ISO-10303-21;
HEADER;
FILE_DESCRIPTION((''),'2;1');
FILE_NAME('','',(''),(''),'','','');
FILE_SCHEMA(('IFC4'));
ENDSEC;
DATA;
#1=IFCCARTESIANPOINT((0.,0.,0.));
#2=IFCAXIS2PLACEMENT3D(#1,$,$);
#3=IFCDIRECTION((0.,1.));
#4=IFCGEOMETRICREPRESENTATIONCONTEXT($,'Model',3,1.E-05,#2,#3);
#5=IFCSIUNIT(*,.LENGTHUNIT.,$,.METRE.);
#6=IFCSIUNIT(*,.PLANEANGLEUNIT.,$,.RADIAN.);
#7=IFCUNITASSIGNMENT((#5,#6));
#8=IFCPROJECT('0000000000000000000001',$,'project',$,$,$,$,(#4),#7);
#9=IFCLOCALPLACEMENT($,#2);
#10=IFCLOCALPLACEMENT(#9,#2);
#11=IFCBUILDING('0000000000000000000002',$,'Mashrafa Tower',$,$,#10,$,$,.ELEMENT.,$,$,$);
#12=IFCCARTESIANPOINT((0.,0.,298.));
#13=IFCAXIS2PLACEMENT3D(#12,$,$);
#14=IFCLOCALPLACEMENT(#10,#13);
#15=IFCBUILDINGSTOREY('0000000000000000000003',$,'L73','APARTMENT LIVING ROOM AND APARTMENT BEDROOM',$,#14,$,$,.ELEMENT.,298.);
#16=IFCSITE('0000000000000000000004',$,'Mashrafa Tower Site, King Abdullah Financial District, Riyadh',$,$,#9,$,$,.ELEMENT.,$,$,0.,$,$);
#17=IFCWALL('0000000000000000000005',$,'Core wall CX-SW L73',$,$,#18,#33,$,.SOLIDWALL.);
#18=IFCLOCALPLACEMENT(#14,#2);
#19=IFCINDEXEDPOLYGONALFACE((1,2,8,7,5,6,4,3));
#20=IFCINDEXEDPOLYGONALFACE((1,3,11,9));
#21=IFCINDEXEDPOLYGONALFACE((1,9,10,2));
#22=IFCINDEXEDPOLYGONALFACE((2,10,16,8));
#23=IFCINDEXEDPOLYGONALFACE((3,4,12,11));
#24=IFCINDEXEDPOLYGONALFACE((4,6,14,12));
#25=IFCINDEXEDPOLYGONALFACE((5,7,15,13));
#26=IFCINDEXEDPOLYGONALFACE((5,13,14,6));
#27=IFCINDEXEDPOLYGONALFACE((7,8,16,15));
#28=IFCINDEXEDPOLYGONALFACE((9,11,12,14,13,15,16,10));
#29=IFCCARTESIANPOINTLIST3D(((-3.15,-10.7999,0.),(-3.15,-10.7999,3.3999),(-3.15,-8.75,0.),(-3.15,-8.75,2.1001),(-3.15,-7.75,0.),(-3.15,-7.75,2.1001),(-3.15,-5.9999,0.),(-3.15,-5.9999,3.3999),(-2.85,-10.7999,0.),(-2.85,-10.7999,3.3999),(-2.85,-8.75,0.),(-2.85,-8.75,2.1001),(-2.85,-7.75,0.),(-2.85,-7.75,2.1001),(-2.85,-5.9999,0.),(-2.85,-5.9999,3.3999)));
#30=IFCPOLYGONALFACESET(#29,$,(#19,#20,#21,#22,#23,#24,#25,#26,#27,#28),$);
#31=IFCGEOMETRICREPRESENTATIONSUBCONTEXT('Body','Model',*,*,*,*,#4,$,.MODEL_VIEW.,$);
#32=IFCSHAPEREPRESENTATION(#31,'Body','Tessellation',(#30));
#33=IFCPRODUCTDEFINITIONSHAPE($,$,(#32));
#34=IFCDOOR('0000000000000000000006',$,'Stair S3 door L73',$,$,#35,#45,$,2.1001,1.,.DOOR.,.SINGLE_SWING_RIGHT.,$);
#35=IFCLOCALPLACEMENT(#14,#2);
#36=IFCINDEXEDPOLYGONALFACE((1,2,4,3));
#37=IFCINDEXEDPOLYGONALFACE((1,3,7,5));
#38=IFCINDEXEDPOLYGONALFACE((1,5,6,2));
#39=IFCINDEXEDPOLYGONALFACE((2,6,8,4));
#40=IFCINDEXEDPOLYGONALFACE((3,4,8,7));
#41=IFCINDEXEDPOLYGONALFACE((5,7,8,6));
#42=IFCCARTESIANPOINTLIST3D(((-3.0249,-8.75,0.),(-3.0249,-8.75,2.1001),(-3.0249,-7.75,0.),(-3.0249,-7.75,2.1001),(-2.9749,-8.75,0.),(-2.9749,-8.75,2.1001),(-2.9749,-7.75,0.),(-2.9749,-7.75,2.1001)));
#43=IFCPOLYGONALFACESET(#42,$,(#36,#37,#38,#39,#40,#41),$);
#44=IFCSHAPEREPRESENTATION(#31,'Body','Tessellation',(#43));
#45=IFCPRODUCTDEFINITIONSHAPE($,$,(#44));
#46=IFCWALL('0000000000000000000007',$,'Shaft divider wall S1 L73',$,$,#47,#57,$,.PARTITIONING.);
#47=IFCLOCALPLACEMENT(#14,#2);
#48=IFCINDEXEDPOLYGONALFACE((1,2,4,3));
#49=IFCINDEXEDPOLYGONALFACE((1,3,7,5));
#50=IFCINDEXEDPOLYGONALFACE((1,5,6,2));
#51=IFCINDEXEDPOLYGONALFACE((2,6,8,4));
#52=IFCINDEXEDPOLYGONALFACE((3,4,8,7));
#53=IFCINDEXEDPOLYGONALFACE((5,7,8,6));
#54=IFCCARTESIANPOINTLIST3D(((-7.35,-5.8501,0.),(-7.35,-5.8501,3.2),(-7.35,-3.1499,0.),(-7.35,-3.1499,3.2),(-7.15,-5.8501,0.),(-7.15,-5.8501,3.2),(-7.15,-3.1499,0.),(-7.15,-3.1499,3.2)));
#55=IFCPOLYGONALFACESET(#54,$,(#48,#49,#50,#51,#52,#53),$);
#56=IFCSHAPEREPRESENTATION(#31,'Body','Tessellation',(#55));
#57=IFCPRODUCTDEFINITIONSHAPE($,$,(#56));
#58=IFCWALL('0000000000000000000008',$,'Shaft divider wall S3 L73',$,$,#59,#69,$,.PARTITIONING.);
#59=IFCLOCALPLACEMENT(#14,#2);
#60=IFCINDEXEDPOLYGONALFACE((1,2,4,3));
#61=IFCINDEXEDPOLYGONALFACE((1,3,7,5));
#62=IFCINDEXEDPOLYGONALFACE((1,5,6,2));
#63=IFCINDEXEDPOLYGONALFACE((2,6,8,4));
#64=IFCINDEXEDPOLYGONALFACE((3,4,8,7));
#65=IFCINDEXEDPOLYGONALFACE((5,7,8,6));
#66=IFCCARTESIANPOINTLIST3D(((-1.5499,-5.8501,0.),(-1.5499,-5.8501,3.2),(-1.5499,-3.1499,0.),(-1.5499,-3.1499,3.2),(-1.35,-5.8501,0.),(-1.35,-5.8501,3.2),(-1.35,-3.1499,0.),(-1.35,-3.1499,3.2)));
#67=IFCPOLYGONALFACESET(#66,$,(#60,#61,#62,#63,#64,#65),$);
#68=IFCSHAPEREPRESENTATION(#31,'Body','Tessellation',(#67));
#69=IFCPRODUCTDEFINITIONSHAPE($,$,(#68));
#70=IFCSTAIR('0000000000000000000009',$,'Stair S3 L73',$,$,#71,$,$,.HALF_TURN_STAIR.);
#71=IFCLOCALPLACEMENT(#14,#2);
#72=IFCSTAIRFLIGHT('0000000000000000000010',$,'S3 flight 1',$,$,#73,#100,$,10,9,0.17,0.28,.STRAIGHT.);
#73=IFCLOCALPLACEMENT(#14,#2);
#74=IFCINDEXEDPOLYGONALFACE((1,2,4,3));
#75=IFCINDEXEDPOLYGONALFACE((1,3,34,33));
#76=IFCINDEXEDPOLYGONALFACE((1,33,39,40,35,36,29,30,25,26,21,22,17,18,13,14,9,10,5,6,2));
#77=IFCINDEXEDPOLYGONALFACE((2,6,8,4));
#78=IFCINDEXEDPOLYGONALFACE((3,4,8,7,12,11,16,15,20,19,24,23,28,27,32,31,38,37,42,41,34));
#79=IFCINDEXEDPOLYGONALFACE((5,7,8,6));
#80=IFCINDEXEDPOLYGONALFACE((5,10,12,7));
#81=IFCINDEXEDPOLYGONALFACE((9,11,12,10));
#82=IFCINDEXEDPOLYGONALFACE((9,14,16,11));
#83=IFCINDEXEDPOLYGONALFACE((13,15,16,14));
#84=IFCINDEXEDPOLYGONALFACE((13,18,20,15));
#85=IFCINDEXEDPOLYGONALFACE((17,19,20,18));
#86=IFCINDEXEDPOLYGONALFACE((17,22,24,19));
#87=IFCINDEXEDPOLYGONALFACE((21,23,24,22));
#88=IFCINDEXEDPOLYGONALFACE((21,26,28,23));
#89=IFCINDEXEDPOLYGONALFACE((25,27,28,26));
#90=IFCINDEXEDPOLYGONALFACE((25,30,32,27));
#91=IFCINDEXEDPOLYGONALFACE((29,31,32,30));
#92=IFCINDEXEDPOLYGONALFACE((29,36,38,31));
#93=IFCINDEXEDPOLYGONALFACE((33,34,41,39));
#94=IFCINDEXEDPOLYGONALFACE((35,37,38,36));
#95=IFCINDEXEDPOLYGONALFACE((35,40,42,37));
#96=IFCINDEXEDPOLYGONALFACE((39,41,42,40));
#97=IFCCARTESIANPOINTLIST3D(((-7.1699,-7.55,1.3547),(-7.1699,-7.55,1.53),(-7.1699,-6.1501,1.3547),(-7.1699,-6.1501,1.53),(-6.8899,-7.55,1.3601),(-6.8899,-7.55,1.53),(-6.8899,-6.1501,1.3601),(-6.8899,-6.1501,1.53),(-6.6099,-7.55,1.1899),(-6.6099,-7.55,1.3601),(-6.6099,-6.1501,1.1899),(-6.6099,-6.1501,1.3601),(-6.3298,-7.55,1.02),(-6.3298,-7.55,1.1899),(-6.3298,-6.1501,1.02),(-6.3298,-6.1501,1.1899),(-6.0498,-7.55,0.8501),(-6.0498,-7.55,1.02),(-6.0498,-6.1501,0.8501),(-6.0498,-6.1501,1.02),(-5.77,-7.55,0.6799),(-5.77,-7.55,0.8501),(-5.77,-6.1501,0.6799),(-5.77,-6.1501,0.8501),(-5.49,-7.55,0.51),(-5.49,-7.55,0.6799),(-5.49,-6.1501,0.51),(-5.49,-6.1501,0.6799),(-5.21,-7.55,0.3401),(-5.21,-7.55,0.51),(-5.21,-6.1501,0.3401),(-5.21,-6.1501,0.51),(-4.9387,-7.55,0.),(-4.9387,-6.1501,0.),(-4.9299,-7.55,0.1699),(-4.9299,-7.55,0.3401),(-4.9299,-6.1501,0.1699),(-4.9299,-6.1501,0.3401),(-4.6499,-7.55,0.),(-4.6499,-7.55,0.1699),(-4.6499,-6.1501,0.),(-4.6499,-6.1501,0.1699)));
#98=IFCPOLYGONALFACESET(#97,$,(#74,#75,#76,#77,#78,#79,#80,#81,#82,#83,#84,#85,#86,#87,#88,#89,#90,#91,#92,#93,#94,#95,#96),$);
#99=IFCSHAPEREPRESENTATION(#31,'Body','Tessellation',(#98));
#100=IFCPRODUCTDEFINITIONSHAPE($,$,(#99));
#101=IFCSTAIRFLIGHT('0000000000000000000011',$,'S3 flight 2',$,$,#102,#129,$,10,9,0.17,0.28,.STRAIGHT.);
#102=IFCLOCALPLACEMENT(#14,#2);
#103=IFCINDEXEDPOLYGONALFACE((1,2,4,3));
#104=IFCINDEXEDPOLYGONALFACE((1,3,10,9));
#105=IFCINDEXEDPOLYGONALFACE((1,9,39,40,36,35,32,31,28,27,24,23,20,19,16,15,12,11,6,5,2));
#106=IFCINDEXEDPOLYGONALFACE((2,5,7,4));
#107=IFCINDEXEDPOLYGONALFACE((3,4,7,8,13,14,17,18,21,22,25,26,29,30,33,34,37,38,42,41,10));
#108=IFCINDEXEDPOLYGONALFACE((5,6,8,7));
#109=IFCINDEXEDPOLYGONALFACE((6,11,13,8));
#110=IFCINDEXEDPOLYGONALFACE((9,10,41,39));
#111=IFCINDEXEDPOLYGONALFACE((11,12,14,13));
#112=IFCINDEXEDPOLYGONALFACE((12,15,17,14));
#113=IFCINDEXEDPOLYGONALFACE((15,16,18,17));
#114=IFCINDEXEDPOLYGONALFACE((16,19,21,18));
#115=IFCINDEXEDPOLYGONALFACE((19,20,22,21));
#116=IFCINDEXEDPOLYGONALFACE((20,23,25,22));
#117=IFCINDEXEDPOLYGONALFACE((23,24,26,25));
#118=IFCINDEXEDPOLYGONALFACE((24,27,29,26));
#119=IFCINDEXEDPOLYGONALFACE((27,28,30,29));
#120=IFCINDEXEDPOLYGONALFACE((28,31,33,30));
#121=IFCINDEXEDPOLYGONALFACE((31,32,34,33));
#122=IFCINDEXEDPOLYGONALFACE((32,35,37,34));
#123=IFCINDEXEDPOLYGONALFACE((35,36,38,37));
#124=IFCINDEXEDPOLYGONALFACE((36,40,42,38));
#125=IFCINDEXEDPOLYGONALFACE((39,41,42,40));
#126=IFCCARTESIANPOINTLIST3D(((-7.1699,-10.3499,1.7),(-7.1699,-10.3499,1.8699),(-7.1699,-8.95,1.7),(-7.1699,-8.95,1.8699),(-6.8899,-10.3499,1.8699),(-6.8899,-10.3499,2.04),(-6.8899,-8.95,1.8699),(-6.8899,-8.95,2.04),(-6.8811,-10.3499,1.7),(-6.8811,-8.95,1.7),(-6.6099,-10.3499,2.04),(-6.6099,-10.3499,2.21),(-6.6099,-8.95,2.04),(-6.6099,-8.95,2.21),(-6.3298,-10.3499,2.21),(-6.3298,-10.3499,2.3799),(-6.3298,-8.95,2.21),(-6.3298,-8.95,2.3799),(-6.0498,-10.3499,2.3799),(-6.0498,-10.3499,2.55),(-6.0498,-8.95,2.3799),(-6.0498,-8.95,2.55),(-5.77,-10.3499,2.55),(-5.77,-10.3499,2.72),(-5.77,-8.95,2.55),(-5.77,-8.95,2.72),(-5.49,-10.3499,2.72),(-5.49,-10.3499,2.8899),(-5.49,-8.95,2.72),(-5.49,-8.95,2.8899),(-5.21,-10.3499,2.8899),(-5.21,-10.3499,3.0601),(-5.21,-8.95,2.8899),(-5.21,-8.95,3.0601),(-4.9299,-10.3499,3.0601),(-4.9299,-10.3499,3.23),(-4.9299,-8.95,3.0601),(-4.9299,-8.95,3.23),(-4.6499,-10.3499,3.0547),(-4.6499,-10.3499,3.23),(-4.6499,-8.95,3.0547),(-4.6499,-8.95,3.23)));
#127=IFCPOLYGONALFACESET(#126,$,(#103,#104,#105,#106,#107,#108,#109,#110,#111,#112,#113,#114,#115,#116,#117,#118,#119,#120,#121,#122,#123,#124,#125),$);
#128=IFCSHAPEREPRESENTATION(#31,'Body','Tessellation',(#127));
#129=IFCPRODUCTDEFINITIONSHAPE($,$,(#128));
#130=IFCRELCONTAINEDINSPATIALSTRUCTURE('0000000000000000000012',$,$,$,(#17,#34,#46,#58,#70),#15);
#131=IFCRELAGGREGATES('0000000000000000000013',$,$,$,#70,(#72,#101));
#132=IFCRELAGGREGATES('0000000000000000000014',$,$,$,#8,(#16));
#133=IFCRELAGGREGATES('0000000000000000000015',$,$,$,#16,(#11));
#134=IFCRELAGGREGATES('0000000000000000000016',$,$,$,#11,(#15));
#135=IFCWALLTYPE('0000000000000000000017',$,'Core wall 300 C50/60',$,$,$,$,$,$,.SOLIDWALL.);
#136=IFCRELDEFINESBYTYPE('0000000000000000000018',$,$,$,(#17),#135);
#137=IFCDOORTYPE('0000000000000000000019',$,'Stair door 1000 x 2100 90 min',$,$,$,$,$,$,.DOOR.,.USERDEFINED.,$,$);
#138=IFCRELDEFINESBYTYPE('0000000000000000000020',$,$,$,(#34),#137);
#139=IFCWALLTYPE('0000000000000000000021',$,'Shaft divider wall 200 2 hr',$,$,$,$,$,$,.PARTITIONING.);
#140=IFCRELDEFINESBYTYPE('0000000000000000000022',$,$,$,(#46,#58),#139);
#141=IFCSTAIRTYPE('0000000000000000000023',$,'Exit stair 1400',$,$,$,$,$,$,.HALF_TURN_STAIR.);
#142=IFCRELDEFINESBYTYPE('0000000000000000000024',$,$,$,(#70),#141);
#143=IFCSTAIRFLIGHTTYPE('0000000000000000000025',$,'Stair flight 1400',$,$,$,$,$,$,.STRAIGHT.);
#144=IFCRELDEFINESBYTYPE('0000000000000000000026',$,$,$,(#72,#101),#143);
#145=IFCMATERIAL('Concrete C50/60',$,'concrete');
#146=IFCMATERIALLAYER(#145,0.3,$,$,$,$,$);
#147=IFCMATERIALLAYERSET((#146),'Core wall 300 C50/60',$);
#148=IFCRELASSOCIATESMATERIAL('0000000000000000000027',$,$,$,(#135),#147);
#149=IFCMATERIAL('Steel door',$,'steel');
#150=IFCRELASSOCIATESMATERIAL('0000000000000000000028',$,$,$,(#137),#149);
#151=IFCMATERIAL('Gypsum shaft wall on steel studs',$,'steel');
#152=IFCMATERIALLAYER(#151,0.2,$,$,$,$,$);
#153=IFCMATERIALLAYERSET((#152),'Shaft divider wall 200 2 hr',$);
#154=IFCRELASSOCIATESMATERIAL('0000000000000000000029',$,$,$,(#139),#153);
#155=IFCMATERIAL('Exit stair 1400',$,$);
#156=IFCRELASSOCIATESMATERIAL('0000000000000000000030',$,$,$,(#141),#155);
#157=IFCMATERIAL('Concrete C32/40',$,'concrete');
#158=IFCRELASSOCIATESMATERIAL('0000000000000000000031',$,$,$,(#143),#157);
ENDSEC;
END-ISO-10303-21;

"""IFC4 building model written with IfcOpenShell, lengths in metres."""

from ifc_helpers import new_model, si_unit, direction, frame, frame_2d, origin, place, context, subcontext, project, spatial, polyline, rectangle, outline, extrude, material, layer, layer_set, type_object, element, fill, aggregate, save


model = new_model("IFC4")

# Units and contexts
model_context = context("Model", 3, precision=1e-05, world=origin(), true_north=direction((0.0, 1.0)))
body_context = subcontext(model_context, "Body", "Model", "MODEL_VIEW")
ifc_project = project(units=[si_unit("LENGTHUNIT", "METRE"), si_unit("PLANEANGLEUNIT", "RADIAN")], contexts=[model_context])

# Site, building, storey
site_placement = place(None, origin())
site = spatial("IfcSite", under=ifc_project, at=site_placement, Name="Mashrafa Tower Site, King Abdullah Financial District, Riyadh", CompositionType="ELEMENT", RefElevation=0.0)
building_placement = place(site_placement, origin())
building = spatial("IfcBuilding", under=site, at=building_placement, Name="Mashrafa Tower", CompositionType="ELEMENT")
storey_placement = place(building_placement, frame((0.0, 0.0, 298.0)))
storey = spatial("IfcBuildingStorey", under=building, at=storey_placement, Name="L73", Description="APARTMENT LIVING ROOM AND APARTMENT BEDROOM", CompositionType="ELEMENT", Elevation=298.0)

# Shared definitions
ifc_material_1 = material(Name="Concrete C50/60", Category="concrete")
ifc_layer_1 = layer(ifc_material_1, 0.3)
ifc_layer_set_1 = layer_set([ifc_layer_1], Name="Core wall 300 C50/60")
wall_type_1 = type_object("IfcWallType", Name="Core wall 300 C50/60", PredefinedType="SOLIDWALL", material=ifc_layer_set_1)

# Wall, opening, door
wall_1_placement = place(storey_placement, frame((-3.0, -6.0, 0.0), z_axis=(0.0, 0.0, 1.0), x_axis=(0.0, -1.0, 0.0)))
wall_1 = element("IfcWall", 1, at=wall_1_placement, inside=storey, type_object=wall_type_1, Name="Core wall CX-SW L73", PredefinedType="SOLIDWALL", context=body_context, shape_type="SweptSolid", body=[
    extrude(rectangle(XDim=4.8, YDim=0.3, at=frame_2d((2.3999, 0.0))), origin(), (0.0, 0.0, 1.0), 3.3999),
])
opening_1_placement = place(wall_1_placement, frame((1.75, 0.0, 0.0)))
opening_1 = element("IfcOpeningElement", 2, at=opening_1_placement, cuts=wall_1, PredefinedType="OPENING", context=body_context, shape_type="SweptSolid", body=[
    extrude(rectangle(XDim=1.0, YDim=2.1001, at=frame_2d((0.5, 1.05))), frame((0.0, 0.1599, 0.0), z_axis=(0.0, -1.0, 0.0), x_axis=(1.0, 0.0, 0.0)), (0.0, 0.0, 1.0), 0.3201),
])
ifc_material_2 = material(Name="Steel door", Category="steel")
door_type_1 = type_object("IfcDoorType", Name="Stair door 1000 x 2100 90 min", OperationType="USERDEFINED", PredefinedType="DOOR", material=ifc_material_2)
door_1_placement = place(opening_1_placement, frame((1.0, 0.0, 0.0), z_axis=(0.0, 0.0, 1.0), x_axis=(-1.0, 0.0, 0.0)))
door_1 = element("IfcDoor", 3, at=door_1_placement, inside=storey, type_object=door_type_1, Name="Stair S3 door L73", OperationType="SINGLE_SWING_RIGHT", OverallHeight=2.1001, OverallWidth=1.0, PredefinedType="DOOR", context=body_context, shape_type="SweptSolid", body=[
    extrude(rectangle(XDim=1.0, YDim=2.1001, at=frame_2d((0.5, 1.05))), frame((0.0, 0.0249, 0.0), z_axis=(0.0, -1.0, 0.0), x_axis=(1.0, 0.0, 0.0)), (0.0, 0.0, 1.0), 0.05),
])
fill(opening_1, door_1)

# Walls
ifc_material_3 = material(Name="Gypsum shaft wall on steel studs", Category="steel")
ifc_layer_2 = layer(ifc_material_3, 0.2)
ifc_layer_set_2 = layer_set([ifc_layer_2], Name="Shaft divider wall 200 2 hr")
wall_type_2 = type_object("IfcWallType", Name="Shaft divider wall 200 2 hr", PredefinedType="PARTITIONING", material=ifc_layer_set_2)
for number, where, z_axis, x_axis, name in (
    (4, (-7.25, -5.8501, 0.0), (0.0, 0.0, 1.0), (0.0, 1.0, 0.0), "Shaft divider wall S1 L73"),
    (5, (-1.45, -5.8501, 0.0), (0.0, 0.0, 1.0), (0.0, 1.0, 0.0), "Shaft divider wall S3 L73"),
):
    element("IfcWall", number, at=place(storey_placement, frame(where, z_axis=z_axis, x_axis=x_axis)), inside=storey, type_object=wall_type_2, Name=name, PredefinedType="PARTITIONING", context=body_context, shape_type="SweptSolid", body=[
        extrude(rectangle(XDim=2.7002, YDim=0.2, at=frame_2d((1.3501, 0.0))), origin(), (0.0, 0.0, 1.0), 3.2),
    ])

# Stair, stair flights
ifc_material_4 = material(Name="Exit stair 1400")
stair_type = type_object("IfcStairType", Name="Exit stair 1400", PredefinedType="HALF_TURN_STAIR", material=ifc_material_4)
stair_placement = place(storey_placement, origin())
stair = element("IfcStair", 6, at=stair_placement, inside=storey, type_object=stair_type, Name="Stair S3 L73", PredefinedType="HALF_TURN_STAIR")
ifc_material_5 = material(Name="Concrete C32/40", Category="concrete")
stair_flight_type = type_object("IfcStairFlightType", Name="Stair flight 1400", PredefinedType="STRAIGHT", material=ifc_material_5)
stair_flight_1_placement = place(storey_placement, frame((-4.6499, -6.8501, 0.0), z_axis=(0.0, 0.0, 1.0), x_axis=(-1.0, 0.0, 0.0)))
stair_flight_1 = element("IfcStairFlight", 7, at=stair_flight_1_placement, type_object=stair_flight_type, Name="S3 flight 1", NumberOfRisers=10, NumberOfTreads=9, PredefinedType="STRAIGHT", RiserHeight=0.17, TreadLength=0.28, context=body_context, shape_type="SweptSolid", body=[
    extrude(outline(polyline([(0.0, 0.0), (0.0, 0.1699), (0.28, 0.1699), (0.28, 0.3401), (0.5601, 0.3401), (0.5601, 0.51), (0.8401, 0.51), (0.8401, 0.6799), (1.1201, 0.6799), (1.1201, 0.8501), (1.3999, 0.8501), (1.3999, 1.02), (1.6799, 1.02), (1.6799, 1.1899), (1.96, 1.1899), (1.96, 1.3601), (2.24, 1.3601), (2.24, 1.53), (2.52, 1.53), (2.52, 1.7), (2.52, 1.3547), (0.2888, 0.0), (0.0, 0.0)])), frame((0.0, 0.7, 0.0), z_axis=(0.0, -1.0, 0.0), x_axis=(1.0, 0.0, 0.0)), (0.0, 0.0, 1.0), 1.3999),
])
stair_flight_2_placement = place(storey_placement, frame((-7.1699, -9.6499, 1.7), z_axis=(0.0, 0.0, 1.0), x_axis=(1.0, 0.0, 0.0)))
stair_flight_2 = element("IfcStairFlight", 8, at=stair_flight_2_placement, type_object=stair_flight_type, Name="S3 flight 2", NumberOfRisers=10, NumberOfTreads=9, PredefinedType="STRAIGHT", RiserHeight=0.17, TreadLength=0.28, context=body_context, shape_type="SweptSolid", body=[
    extrude(outline(polyline([(0.0, 0.0), (0.0, 0.1699), (0.28, 0.1699), (0.28, 0.3401), (0.5601, 0.3401), (0.5601, 0.51), (0.8401, 0.51), (0.8401, 0.6799), (1.1201, 0.6799), (1.1201, 0.8501), (1.3999, 0.8501), (1.3999, 1.02), (1.6799, 1.02), (1.6799, 1.1899), (1.96, 1.1899), (1.96, 1.3601), (2.24, 1.3601), (2.24, 1.53), (2.52, 1.53), (2.52, 1.7), (2.52, 1.3547), (0.2888, 0.0), (0.0, 0.0)])), frame((0.0, 0.7, 0.0), z_axis=(0.0, -1.0, 0.0), x_axis=(1.0, 0.0, 0.0)), (0.0, 0.0, 1.0), 1.3999),
])
aggregate(stair, [stair_flight_1, stair_flight_2])

save(model, "model.ifc")
